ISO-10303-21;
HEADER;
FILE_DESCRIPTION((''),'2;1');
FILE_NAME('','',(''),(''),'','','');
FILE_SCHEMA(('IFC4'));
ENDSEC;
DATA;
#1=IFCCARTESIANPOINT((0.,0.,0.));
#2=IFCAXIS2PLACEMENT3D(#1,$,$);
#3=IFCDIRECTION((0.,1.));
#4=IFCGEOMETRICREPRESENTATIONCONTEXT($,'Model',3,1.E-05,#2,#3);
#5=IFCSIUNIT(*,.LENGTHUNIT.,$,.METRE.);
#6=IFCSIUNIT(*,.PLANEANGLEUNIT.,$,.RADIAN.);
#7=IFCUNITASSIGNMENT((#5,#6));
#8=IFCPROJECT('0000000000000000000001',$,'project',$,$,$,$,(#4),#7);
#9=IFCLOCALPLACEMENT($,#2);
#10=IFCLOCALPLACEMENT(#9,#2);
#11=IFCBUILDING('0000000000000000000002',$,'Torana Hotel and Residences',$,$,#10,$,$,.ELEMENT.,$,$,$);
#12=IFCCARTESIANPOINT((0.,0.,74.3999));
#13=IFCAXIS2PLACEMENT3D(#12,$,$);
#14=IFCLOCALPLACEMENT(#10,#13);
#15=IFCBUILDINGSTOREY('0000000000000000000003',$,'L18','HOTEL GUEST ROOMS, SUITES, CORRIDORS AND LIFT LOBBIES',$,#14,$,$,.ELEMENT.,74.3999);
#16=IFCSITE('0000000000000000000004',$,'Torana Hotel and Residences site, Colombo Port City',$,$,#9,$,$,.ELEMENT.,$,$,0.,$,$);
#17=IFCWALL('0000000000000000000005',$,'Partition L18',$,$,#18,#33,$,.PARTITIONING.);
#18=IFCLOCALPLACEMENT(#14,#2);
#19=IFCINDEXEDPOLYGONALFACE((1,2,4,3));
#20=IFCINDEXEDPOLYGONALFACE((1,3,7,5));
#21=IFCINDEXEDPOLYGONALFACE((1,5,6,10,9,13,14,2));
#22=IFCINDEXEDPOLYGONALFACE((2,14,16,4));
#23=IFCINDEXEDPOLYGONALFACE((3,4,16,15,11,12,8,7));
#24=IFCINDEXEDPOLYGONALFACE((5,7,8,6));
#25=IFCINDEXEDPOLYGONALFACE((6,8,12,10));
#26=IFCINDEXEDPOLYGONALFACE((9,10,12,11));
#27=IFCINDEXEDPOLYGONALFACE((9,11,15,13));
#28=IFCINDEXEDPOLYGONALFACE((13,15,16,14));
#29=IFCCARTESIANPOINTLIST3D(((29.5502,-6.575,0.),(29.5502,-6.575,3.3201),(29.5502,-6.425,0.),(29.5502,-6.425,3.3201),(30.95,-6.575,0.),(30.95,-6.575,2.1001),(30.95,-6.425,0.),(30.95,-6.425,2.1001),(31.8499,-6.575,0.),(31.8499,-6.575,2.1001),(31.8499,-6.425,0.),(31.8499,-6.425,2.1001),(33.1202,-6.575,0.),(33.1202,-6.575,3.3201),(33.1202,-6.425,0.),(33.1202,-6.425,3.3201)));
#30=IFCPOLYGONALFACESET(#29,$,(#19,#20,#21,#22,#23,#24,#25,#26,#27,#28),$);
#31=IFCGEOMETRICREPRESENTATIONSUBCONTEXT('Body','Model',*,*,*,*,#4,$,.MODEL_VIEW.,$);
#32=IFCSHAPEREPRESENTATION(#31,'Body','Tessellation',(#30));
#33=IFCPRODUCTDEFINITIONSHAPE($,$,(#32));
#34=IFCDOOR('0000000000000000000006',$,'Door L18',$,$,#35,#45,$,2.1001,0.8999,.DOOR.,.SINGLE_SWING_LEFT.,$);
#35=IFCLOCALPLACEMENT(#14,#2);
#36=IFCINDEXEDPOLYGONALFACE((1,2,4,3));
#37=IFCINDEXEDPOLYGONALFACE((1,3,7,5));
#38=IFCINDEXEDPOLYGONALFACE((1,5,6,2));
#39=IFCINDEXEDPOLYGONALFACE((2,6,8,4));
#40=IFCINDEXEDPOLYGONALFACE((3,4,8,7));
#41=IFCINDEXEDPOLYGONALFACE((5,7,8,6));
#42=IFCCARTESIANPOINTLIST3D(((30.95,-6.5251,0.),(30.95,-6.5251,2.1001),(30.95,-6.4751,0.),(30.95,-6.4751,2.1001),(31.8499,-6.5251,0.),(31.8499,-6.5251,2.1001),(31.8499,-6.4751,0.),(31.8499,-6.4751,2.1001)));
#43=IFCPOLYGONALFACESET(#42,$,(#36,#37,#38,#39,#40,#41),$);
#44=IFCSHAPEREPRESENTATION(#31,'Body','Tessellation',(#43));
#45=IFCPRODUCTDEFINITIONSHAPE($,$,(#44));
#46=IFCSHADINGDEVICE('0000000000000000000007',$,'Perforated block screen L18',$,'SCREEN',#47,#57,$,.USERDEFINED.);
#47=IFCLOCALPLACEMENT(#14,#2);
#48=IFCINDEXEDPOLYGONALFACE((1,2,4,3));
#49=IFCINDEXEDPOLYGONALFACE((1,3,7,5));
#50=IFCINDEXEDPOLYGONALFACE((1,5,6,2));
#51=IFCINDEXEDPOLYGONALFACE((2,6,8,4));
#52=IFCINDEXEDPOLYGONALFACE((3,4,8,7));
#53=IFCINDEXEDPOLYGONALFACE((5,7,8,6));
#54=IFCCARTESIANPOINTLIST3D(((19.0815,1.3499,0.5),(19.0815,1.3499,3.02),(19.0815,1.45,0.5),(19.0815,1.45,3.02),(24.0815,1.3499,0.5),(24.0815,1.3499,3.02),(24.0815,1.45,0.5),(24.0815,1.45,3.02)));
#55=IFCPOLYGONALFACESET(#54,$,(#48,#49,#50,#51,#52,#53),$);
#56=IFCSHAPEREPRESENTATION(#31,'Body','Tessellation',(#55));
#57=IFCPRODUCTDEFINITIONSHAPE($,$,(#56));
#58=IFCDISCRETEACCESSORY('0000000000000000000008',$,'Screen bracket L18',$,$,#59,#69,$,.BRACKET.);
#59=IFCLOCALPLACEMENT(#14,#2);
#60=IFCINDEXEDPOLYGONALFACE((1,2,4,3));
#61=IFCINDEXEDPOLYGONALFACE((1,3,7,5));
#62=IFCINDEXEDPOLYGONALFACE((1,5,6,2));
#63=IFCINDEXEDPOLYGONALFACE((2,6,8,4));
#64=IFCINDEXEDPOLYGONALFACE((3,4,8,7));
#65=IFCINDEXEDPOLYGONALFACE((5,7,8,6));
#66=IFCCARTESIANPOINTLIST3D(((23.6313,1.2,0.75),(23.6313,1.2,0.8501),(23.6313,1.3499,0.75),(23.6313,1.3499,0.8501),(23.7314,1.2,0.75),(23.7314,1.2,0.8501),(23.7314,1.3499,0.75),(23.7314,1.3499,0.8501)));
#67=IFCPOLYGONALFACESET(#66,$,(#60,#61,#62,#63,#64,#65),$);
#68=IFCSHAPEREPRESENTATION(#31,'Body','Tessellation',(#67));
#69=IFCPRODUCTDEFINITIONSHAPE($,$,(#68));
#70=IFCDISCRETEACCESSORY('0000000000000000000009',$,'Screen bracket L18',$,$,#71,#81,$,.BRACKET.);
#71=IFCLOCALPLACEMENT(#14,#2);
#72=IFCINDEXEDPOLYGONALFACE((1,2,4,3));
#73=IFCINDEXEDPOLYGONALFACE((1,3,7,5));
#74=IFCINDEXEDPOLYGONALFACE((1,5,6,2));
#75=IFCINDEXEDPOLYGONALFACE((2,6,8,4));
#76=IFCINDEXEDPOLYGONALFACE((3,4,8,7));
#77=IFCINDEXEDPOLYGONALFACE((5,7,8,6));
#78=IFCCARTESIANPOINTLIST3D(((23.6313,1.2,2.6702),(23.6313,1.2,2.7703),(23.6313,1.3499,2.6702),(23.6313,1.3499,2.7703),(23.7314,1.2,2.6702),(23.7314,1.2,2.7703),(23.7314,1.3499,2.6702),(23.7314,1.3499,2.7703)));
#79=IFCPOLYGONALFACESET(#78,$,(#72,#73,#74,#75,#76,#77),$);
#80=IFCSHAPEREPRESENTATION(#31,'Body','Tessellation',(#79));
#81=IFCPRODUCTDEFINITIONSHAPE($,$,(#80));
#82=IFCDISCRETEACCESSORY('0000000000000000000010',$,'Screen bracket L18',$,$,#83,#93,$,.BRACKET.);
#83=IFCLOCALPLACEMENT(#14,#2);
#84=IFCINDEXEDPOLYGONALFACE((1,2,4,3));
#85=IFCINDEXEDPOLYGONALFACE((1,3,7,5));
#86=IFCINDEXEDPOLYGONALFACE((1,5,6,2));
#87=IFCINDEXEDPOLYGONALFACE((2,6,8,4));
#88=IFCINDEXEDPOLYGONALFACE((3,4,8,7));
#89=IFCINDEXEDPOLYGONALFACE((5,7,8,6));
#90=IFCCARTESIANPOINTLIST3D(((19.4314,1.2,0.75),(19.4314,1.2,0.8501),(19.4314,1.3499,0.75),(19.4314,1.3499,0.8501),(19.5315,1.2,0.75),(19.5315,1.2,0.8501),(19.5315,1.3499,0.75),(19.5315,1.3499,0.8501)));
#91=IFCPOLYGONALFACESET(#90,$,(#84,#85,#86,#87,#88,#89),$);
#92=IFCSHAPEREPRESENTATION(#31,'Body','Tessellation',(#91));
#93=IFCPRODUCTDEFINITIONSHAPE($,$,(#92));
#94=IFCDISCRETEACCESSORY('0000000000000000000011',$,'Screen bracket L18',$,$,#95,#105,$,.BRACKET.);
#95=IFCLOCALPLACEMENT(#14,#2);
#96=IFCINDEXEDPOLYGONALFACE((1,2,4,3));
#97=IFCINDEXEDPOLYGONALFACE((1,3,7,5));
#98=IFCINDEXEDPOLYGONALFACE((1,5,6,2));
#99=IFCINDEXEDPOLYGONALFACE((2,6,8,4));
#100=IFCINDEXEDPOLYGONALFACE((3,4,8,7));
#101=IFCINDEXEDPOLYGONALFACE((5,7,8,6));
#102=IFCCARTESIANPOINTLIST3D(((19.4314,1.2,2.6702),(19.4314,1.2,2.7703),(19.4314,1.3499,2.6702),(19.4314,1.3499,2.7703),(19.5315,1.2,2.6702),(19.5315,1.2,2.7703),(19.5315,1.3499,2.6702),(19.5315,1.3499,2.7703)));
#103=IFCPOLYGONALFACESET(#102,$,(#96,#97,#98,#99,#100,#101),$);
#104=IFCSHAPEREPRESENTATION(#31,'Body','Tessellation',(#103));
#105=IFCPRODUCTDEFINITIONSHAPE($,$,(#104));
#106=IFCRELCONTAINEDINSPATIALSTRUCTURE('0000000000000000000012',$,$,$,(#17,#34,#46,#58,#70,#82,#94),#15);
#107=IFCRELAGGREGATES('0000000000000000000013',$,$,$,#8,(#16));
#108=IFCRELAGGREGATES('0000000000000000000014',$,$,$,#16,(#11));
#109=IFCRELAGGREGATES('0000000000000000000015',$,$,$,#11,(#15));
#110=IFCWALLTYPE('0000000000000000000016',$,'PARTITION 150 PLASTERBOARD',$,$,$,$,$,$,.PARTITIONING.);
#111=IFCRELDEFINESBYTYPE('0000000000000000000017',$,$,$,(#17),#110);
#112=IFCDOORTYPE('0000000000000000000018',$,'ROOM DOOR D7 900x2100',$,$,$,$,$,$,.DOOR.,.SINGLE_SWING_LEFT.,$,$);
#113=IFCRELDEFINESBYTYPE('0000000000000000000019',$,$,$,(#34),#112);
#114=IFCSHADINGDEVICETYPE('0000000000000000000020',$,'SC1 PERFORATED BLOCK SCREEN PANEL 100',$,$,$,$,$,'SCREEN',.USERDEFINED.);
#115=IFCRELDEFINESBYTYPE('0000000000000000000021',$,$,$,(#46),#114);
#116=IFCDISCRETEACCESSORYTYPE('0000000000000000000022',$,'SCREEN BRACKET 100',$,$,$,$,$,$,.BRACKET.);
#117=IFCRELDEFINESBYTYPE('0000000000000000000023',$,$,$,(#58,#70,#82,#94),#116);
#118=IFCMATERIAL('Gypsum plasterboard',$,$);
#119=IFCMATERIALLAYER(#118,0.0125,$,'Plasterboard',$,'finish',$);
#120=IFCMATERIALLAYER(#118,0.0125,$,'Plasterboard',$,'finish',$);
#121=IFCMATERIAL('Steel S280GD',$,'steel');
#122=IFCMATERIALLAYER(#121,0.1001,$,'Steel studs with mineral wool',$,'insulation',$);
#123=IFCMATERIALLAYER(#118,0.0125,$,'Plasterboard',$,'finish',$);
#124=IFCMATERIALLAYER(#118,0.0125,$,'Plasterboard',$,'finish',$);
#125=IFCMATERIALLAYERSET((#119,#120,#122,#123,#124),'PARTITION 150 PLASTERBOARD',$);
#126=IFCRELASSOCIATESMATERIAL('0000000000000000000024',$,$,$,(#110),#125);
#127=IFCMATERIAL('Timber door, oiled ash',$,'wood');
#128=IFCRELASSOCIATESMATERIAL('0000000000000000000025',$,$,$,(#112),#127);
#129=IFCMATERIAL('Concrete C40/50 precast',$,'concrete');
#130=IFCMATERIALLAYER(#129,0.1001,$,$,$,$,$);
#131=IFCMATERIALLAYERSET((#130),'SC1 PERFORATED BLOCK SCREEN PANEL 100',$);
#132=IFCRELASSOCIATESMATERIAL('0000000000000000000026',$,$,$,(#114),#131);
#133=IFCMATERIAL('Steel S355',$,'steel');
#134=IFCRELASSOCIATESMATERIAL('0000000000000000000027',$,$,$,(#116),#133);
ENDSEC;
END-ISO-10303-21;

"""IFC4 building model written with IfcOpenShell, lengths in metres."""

from ifc_helpers import new_model, si_unit, direction, frame, frame_2d, origin, origin_2d, place, context, subcontext, project, spatial, rectangle, extrude, material, layer, layer_set, type_object, element, fill, save


model = new_model("IFC4")

# Units and contexts
model_context = context("Model", 3, precision=1e-05, world=origin(), true_north=direction((0.0, 1.0)))
body_context = subcontext(model_context, "Body", "Model", "MODEL_VIEW")
ifc_project = project(units=[si_unit("LENGTHUNIT", "METRE"), si_unit("PLANEANGLEUNIT", "RADIAN")], contexts=[model_context])

# Site, building, storey
site_placement = place(None, origin())
site = spatial("IfcSite", under=ifc_project, at=site_placement, Name="Torana Hotel and Residences site, Colombo Port City", CompositionType="ELEMENT", RefElevation=0.0)
building_placement = place(site_placement, origin())
building = spatial("IfcBuilding", under=site, at=building_placement, Name="Torana Hotel and Residences", CompositionType="ELEMENT")
storey_placement = place(building_placement, frame((0.0, 0.0, 74.3999)))
storey = spatial("IfcBuildingStorey", under=building, at=storey_placement, Name="L18", Description="HOTEL GUEST ROOMS, SUITES, CORRIDORS AND LIFT LOBBIES", CompositionType="ELEMENT", Elevation=74.3999)

# Shared definitions
ifc_material_1 = material(Name="Steel S280GD", Category="steel")

# Shared definitions
ifc_material_2 = material(Name="Gypsum plasterboard")
ifc_layer_1 = layer(ifc_material_2, 0.0125, Name="Plasterboard", Category="finish")
ifc_layer_2 = layer(ifc_material_2, 0.0125, Name="Plasterboard", Category="finish")
ifc_layer_3 = layer(ifc_material_1, 0.1001, Name="Steel studs with mineral wool", Category="insulation")
ifc_layer_4 = layer(ifc_material_2, 0.0125, Name="Plasterboard", Category="finish")
ifc_layer_5 = layer(ifc_material_2, 0.0125, Name="Plasterboard", Category="finish")
ifc_layer_set_1 = layer_set([ifc_layer_1, ifc_layer_2, ifc_layer_3, ifc_layer_4, ifc_layer_5], Name="PARTITION 150 PLASTERBOARD")
wall_type_1 = type_object("IfcWallType", Name="PARTITION 150 PLASTERBOARD", PredefinedType="PARTITIONING", material=ifc_layer_set_1)

# Wall, opening, door
wall_1_placement = place(storey_placement, frame((29.55, -6.5, 0.0), z_axis=(0.0, 0.0, 1.0), x_axis=(1.0, 0.0, 0.0)))
wall_1 = element("IfcWall", 1, at=wall_1_placement, inside=storey, type_object=wall_type_1, Name="Partition L18", PredefinedType="PARTITIONING", context=body_context, shape_type="SweptSolid", body=[
    extrude(rectangle(XDim=3.5701, YDim=0.1499, at=frame_2d((1.7852, 0.0))), origin(), (0.0, 0.0, 1.0), 3.3201),
])
opening_1_placement = place(wall_1_placement, frame((1.3999, 0.0, 0.0)))
opening_1 = element("IfcOpeningElement", 2, at=opening_1_placement, cuts=wall_1, PredefinedType="OPENING", context=body_context, shape_type="SweptSolid", body=[
    extrude(rectangle(XDim=0.8999, YDim=2.1001, at=frame_2d((0.45, 1.05))), frame((0.0, 0.085, 0.0), z_axis=(0.0, -1.0, 0.0), x_axis=(1.0, 0.0, 0.0)), (0.0, 0.0, 1.0), 0.1699),
])
ifc_material_3 = material(Name="Timber door, oiled ash", Category="wood")
door_type = type_object("IfcDoorType", Name="ROOM DOOR D7 900x2100", OperationType="SINGLE_SWING_LEFT", PredefinedType="DOOR", material=ifc_material_3)
door_placement = place(opening_1_placement, origin())
door = element("IfcDoor", 3, at=door_placement, inside=storey, type_object=door_type, Name="Door L18", OperationType="SINGLE_SWING_LEFT", OverallHeight=2.1001, OverallWidth=0.8999, PredefinedType="DOOR", context=body_context, shape_type="SweptSolid", body=[
    extrude(rectangle(XDim=0.8999, YDim=2.1001, at=frame_2d((0.45, 1.05))), frame((0.0, 0.0249, 0.0), z_axis=(0.0, -1.0, 0.0), x_axis=(1.0, 0.0, 0.0)), (0.0, 0.0, 1.0), 0.05),
])
fill(opening_1, door)

# Shading device
ifc_material_4 = material(Name="Concrete C40/50 precast", Category="concrete")
ifc_layer_6 = layer(ifc_material_4, 0.1001)
ifc_layer_set_2 = layer_set([ifc_layer_6], Name="SC1 PERFORATED BLOCK SCREEN PANEL 100")
shading_device_type = type_object("IfcShadingDeviceType", Name="SC1 PERFORATED BLOCK SCREEN PANEL 100", ElementType="SCREEN", PredefinedType="USERDEFINED", material=ifc_layer_set_2)
shading_device_placement = place(storey_placement, frame((21.5815, 1.3999, 0.5), z_axis=(0.0, 0.0, 1.0), x_axis=(-1.0, 0.0, 0.0)))
element("IfcShadingDevice", 4, at=shading_device_placement, inside=storey, type_object=shading_device_type, Name="Perforated block screen L18", ObjectType="SCREEN", PredefinedType="USERDEFINED", context=body_context, shape_type="SweptSolid", body=[
    extrude(rectangle(XDim=5.0, YDim=0.1001, at=origin_2d()), origin(), (0.0, 0.0, 1.0), 2.52),
])

# Discrete accessories
ifc_material_5 = material(Name="Steel S355", Category="steel")
discrete_accessory_type = type_object("IfcDiscreteAccessoryType", Name="SCREEN BRACKET 100", PredefinedType="BRACKET", material=ifc_material_5)
for number, where, z_axis, x_axis, name in (
    (5, (23.6814, 1.2749, 0.75), (0.0, 0.0, 1.0), (-1.0, 0.0, 0.0), "Screen bracket L18"),
    (6, (23.6814, 1.2749, 2.6702), (0.0, 0.0, 1.0), (-1.0, 0.0, 0.0), "Screen bracket L18"),
    (7, (19.4814, 1.2749, 0.75), (0.0, 0.0, 1.0), (-1.0, 0.0, 0.0), "Screen bracket L18"),
    (8, (19.4814, 1.2749, 2.6702), (0.0, 0.0, 1.0), (-1.0, 0.0, 0.0), "Screen bracket L18"),
):
    element("IfcDiscreteAccessory", number, at=place(storey_placement, frame(where, z_axis=z_axis, x_axis=x_axis)), inside=storey, type_object=discrete_accessory_type, Name=name, PredefinedType="BRACKET", context=body_context, shape_type="SweptSolid", body=[
        extrude(rectangle(XDim=0.1001, YDim=0.1499, at=origin_2d()), origin(), (0.0, 0.0, 1.0), 0.1001),
    ])

save(model, "model.ifc")
